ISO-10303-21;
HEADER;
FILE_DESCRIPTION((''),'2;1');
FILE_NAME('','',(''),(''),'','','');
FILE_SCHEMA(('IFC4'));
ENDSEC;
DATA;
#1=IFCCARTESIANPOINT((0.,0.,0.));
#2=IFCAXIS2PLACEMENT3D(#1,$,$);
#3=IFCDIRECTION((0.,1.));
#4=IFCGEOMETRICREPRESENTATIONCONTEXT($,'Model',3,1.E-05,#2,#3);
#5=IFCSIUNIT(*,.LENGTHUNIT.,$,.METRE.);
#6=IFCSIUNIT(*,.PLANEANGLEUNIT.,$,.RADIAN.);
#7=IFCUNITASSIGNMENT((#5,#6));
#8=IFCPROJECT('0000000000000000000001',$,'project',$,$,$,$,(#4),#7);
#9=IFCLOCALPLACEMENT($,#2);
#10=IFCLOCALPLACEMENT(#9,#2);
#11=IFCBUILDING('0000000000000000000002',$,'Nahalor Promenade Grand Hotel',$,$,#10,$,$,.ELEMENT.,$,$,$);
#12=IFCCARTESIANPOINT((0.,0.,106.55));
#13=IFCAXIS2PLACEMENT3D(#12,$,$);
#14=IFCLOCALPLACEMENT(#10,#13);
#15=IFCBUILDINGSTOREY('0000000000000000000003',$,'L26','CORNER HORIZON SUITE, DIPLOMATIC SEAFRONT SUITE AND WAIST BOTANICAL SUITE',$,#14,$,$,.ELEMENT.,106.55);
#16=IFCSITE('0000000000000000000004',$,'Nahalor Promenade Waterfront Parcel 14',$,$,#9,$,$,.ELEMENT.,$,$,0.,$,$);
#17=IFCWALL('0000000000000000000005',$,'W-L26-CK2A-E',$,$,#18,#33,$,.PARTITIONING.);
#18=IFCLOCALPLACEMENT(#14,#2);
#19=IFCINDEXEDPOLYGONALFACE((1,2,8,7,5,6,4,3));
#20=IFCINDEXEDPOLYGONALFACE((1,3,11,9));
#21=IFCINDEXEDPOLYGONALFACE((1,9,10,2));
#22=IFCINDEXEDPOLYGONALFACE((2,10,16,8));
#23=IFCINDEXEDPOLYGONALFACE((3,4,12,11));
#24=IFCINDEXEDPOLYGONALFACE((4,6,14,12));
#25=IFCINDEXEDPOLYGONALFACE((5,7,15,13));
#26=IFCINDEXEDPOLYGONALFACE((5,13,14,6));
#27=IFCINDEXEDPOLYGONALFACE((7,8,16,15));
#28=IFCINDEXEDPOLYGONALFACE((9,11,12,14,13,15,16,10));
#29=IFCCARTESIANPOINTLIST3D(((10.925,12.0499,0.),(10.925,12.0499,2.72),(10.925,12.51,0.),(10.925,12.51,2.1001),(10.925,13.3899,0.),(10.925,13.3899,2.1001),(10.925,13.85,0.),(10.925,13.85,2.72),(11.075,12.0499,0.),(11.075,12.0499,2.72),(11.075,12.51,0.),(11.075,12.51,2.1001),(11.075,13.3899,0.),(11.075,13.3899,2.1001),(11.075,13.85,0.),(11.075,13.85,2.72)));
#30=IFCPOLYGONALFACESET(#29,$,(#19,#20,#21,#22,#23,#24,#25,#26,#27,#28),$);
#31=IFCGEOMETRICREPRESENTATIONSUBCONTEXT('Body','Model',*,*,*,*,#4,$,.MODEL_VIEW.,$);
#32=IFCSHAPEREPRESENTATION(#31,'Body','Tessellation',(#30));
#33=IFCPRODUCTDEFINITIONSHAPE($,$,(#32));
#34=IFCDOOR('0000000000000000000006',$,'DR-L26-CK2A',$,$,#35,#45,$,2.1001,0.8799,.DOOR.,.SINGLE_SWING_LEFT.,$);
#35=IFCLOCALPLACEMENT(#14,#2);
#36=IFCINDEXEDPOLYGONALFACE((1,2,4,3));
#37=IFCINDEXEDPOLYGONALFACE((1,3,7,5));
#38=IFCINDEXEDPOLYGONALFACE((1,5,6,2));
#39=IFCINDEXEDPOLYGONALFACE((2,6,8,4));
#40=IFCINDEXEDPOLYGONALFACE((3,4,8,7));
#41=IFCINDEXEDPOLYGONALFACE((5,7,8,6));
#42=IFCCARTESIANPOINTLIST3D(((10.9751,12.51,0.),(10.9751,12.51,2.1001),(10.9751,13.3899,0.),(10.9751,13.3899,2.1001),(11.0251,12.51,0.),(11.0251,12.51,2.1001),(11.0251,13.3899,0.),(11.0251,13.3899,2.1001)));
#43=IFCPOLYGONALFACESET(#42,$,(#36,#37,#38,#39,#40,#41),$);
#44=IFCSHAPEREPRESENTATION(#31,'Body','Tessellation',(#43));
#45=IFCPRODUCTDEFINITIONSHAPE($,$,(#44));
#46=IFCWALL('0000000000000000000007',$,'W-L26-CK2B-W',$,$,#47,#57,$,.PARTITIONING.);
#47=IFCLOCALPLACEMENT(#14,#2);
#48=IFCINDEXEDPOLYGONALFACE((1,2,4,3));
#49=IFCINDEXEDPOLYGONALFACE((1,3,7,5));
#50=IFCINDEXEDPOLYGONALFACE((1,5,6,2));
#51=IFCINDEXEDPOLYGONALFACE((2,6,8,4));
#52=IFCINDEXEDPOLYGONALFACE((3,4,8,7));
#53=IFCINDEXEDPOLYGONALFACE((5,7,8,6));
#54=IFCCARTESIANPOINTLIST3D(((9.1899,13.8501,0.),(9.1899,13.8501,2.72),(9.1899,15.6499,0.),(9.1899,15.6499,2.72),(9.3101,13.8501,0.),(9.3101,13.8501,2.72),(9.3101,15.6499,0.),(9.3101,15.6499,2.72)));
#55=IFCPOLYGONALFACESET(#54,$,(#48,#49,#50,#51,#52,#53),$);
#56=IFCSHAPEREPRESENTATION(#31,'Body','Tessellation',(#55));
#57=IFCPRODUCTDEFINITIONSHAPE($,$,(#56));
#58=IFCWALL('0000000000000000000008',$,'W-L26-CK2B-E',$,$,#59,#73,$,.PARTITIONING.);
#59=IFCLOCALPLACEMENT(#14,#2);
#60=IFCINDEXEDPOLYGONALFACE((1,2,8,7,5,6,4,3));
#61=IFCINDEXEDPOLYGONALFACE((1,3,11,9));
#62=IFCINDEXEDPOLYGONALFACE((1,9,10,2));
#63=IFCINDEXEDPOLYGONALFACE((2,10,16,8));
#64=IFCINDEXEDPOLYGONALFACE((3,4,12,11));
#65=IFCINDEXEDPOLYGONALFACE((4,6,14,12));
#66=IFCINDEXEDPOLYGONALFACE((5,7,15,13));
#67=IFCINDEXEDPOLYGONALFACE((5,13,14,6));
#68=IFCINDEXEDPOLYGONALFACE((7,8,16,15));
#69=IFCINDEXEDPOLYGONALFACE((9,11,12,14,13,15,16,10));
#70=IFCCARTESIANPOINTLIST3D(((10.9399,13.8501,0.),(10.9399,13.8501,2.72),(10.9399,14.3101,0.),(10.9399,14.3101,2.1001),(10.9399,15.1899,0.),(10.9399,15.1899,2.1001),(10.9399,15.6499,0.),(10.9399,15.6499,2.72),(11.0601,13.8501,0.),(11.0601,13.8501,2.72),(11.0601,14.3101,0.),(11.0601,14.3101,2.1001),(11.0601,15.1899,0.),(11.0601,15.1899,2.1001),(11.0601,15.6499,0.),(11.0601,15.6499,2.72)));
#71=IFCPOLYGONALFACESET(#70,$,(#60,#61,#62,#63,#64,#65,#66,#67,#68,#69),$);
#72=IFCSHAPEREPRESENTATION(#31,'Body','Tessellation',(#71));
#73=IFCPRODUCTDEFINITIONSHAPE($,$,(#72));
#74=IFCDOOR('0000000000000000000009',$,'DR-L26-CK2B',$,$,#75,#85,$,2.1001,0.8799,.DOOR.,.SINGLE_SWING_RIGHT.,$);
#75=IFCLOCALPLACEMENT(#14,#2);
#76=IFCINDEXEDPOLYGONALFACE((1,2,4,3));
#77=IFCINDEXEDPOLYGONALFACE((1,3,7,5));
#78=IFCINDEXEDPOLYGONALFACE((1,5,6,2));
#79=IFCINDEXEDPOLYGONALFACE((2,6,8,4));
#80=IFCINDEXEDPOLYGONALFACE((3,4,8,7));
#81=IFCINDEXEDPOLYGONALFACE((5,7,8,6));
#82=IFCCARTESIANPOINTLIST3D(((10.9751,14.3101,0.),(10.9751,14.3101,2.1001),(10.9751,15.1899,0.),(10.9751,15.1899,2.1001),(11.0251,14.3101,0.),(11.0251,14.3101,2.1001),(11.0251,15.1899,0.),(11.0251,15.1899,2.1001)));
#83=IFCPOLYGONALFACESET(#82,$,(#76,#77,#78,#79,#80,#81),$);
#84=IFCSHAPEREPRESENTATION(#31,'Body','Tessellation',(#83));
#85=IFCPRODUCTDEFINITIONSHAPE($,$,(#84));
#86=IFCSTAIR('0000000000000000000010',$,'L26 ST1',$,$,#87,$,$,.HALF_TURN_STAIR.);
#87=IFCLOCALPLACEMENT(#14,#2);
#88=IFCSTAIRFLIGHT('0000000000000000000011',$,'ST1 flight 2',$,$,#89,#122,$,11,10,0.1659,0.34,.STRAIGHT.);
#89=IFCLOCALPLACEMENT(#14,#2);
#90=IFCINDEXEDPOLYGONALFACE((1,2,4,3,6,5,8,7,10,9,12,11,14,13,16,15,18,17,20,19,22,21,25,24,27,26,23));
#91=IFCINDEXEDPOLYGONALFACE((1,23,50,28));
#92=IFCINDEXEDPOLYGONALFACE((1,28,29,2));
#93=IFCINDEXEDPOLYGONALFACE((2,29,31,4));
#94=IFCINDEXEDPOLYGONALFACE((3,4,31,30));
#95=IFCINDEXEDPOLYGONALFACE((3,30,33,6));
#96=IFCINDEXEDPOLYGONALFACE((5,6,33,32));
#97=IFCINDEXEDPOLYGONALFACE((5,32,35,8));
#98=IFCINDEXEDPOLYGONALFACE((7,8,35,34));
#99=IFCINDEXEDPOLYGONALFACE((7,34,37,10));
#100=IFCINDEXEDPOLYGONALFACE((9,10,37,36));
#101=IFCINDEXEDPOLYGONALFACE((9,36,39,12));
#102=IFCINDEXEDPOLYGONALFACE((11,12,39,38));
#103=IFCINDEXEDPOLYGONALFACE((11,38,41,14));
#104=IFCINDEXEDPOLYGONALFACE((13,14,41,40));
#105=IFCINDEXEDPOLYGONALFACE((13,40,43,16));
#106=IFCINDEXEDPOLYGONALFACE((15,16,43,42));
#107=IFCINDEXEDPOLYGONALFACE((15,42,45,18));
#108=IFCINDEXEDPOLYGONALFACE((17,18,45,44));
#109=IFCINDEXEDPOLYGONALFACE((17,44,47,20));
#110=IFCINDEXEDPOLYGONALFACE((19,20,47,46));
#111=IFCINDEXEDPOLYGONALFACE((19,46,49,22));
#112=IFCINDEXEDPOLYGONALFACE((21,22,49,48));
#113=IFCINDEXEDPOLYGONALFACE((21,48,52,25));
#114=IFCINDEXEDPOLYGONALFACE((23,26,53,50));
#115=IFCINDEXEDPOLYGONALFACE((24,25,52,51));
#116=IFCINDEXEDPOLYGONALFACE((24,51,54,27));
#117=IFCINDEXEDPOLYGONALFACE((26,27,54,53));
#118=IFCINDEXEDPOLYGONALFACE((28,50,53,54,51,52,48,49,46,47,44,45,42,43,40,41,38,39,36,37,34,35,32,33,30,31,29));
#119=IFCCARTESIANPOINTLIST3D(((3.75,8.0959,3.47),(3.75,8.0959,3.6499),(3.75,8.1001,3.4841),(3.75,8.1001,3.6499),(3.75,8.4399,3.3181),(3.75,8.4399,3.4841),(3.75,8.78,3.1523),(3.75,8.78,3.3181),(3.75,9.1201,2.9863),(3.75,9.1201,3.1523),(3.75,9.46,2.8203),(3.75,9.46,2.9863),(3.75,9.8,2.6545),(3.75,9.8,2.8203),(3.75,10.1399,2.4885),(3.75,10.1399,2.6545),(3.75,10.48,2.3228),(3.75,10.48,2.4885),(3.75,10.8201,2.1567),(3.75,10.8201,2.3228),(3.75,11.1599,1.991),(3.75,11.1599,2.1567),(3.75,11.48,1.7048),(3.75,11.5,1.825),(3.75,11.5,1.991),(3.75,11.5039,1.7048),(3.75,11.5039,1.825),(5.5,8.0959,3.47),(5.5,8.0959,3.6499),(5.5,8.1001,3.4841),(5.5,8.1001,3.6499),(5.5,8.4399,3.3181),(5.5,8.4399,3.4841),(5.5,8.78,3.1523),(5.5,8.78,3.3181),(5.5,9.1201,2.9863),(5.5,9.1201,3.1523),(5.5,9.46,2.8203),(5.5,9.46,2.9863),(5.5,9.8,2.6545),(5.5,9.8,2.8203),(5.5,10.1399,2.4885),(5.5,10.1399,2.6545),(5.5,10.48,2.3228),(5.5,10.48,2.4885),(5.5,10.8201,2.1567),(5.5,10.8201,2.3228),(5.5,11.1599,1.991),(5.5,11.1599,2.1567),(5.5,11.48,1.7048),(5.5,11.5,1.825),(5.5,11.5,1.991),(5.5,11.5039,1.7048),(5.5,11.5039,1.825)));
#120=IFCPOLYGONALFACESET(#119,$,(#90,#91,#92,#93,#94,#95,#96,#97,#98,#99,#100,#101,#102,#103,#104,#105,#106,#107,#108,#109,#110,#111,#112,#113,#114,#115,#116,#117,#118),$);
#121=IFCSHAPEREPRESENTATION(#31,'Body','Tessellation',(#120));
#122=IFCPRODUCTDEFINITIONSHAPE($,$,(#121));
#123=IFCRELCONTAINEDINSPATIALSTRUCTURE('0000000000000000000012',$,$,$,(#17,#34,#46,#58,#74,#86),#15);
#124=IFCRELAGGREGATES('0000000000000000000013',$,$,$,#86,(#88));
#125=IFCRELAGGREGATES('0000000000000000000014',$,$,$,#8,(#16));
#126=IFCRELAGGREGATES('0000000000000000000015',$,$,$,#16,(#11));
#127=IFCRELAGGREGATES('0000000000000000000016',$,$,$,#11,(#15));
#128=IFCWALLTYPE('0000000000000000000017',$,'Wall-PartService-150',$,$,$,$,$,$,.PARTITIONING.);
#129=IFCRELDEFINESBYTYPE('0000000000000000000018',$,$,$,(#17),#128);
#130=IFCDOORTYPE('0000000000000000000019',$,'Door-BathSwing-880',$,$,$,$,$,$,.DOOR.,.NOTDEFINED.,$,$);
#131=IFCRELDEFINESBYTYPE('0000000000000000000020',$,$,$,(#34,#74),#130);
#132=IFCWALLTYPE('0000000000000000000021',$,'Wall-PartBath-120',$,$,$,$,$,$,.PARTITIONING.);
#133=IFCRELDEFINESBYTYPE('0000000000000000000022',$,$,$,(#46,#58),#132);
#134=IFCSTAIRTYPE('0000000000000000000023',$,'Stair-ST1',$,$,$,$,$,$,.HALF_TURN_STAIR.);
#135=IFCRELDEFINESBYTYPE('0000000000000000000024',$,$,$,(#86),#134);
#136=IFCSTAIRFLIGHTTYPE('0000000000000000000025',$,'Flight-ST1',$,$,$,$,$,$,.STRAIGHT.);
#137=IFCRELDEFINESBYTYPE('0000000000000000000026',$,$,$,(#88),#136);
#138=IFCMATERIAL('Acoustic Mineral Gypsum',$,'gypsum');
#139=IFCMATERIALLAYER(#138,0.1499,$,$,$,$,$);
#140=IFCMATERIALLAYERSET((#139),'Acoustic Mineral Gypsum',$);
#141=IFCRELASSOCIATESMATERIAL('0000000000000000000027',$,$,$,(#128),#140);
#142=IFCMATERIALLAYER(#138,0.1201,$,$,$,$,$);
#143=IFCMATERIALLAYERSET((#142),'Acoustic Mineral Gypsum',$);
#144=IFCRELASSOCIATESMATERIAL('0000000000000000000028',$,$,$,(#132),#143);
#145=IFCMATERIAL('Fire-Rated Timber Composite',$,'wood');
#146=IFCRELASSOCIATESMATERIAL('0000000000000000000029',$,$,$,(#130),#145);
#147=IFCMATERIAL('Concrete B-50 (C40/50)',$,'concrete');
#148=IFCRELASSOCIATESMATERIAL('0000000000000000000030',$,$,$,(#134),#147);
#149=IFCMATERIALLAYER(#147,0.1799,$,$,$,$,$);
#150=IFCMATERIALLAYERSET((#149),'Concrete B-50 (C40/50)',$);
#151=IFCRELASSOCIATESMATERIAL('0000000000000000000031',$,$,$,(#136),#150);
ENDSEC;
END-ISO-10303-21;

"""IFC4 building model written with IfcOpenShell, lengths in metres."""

from ifc_helpers import new_model, si_unit, direction, frame, frame_2d, origin, place, context, subcontext, project, spatial, polyline, rectangle, outline, extrude, source, transform, mapped, material, layer, layer_set, type_object, element, fill, aggregate, save


model = new_model("IFC4")

# Units and contexts
model_context = context("Model", 3, precision=1e-05, world=origin(), true_north=direction((0.0, 1.0)))
body_context = subcontext(model_context, "Body", "Model", "MODEL_VIEW")
ifc_project = project(units=[si_unit("LENGTHUNIT", "METRE"), si_unit("PLANEANGLEUNIT", "RADIAN")], contexts=[model_context])

# Site, building, storey
site_placement = place(None, origin())
site = spatial("IfcSite", under=ifc_project, at=site_placement, Name="Nahalor Promenade Waterfront Parcel 14", CompositionType="ELEMENT", RefElevation=0.0)
building_placement = place(site_placement, origin())
building = spatial("IfcBuilding", under=site, at=building_placement, Name="Nahalor Promenade Grand Hotel", CompositionType="ELEMENT")
storey_placement = place(building_placement, frame((0.0, 0.0, 106.55)))
storey = spatial("IfcBuildingStorey", under=building, at=storey_placement, Name="L26", Description="CORNER HORIZON SUITE, DIPLOMATIC SEAFRONT SUITE AND WAIST BOTANICAL SUITE", CompositionType="ELEMENT", Elevation=106.55)

# Shared definitions
ifc_material_1 = material(Name="Concrete B-50 (C40/50)", Category="concrete")
ifc_material_2 = material(Name="Acoustic Mineral Gypsum", Category="gypsum")
ifc_layer_1 = layer(ifc_material_2, 0.1499)
ifc_layer_set_1 = layer_set([ifc_layer_1], Name="Acoustic Mineral Gypsum")
wall_type_1 = type_object("IfcWallType", Name="Wall-PartService-150", PredefinedType="PARTITIONING", material=ifc_layer_set_1)
ifc_layer_2 = layer(ifc_material_2, 0.1201)
ifc_layer_set_2 = layer_set([ifc_layer_2], Name="Acoustic Mineral Gypsum")
wall_type_2 = type_object("IfcWallType", Name="Wall-PartBath-120", PredefinedType="PARTITIONING", material=ifc_layer_set_2)
shared_shape_1 = source(origin(), body_context, "Body", "SweptSolid", [
    extrude(rectangle(XDim=1.8, YDim=0.1499, at=frame_2d((0.8999, 0.0))), origin(), (0.0, 0.0, 1.0), 2.72),
])

# Wall, opening, door
wall_1_placement = place(storey_placement, frame((11.0, 12.05, 0.0), z_axis=(0.0, 0.0, 1.0), x_axis=(0.0, 1.0, 0.0)))
wall_1 = element("IfcWall", 1, at=wall_1_placement, inside=storey, type_object=wall_type_1, Name="W-L26-CK2A-E", PredefinedType="PARTITIONING", context=body_context, shape_type="MappedRepresentation", body=[
    mapped(shared_shape_1, transform((0.0, 0.0, 0.0), scale=1.0)),
])
opening_1_placement = place(wall_1_placement, frame((0.46, 0.0, 0.0)))
opening_1 = element("IfcOpeningElement", 2, at=opening_1_placement, cuts=wall_1, PredefinedType="OPENING", context=body_context, shape_type="SweptSolid", body=[
    extrude(rectangle(XDim=0.8799, YDim=2.1001, at=frame_2d((0.4399, 1.05))), frame((0.0, 0.085, 0.0), z_axis=(0.0, -1.0, 0.0), x_axis=(1.0, 0.0, 0.0)), (0.0, 0.0, 1.0), 0.1699),
])
ifc_material_3 = material(Name="Fire-Rated Timber Composite", Category="wood")
door_type = type_object("IfcDoorType", Name="Door-BathSwing-880", OperationType="NOTDEFINED", PredefinedType="DOOR", material=ifc_material_3)
shared_shape_2 = source(origin(), body_context, "Body", "SweptSolid", [
    extrude(rectangle(XDim=0.8799, YDim=2.1001, at=frame_2d((0.4399, 1.05))), frame((0.0, 0.0249, 0.0), z_axis=(0.0, -1.0, 0.0), x_axis=(1.0, 0.0, 0.0)), (0.0, 0.0, 1.0), 0.05),
])
door_1_placement = place(opening_1_placement, origin())
door_1 = element("IfcDoor", 3, at=door_1_placement, inside=storey, type_object=door_type, Name="DR-L26-CK2A", OperationType="SINGLE_SWING_LEFT", OverallHeight=2.1001, OverallWidth=0.8799, PredefinedType="DOOR", context=body_context, shape_type="MappedRepresentation", body=[
    mapped(shared_shape_2, transform((0.0, 0.0, 0.0), scale=1.0)),
])
fill(opening_1, door_1)

# Wall
shared_shape_3 = source(origin(), body_context, "Body", "SweptSolid", [
    extrude(rectangle(XDim=1.7998, YDim=0.1201, at=frame_2d((0.8999, 0.0))), origin(), (0.0, 0.0, 1.0), 2.72),
])
wall_2_placement = place(storey_placement, frame((9.25, 13.8501, 0.0), z_axis=(0.0, 0.0, 1.0), x_axis=(0.0, 1.0, 0.0)))
element("IfcWall", 4, at=wall_2_placement, inside=storey, type_object=wall_type_2, Name="W-L26-CK2B-W", PredefinedType="PARTITIONING", context=body_context, shape_type="MappedRepresentation", body=[
    mapped(shared_shape_3, transform((0.0, 0.0, 0.0), scale=1.0)),
])

# Wall, opening, door
wall_3_placement = place(storey_placement, frame((11.0, 13.8501, 0.0), z_axis=(0.0, 0.0, 1.0), x_axis=(0.0, 1.0, 0.0)))
wall_3 = element("IfcWall", 5, at=wall_3_placement, inside=storey, type_object=wall_type_2, Name="W-L26-CK2B-E", PredefinedType="PARTITIONING", context=body_context, shape_type="MappedRepresentation", body=[
    mapped(shared_shape_3, transform((0.0, 0.0, 0.0), scale=1.0)),
])
opening_2_placement = place(wall_3_placement, frame((0.46, 0.0, 0.0)))
opening_2 = element("IfcOpeningElement", 6, at=opening_2_placement, cuts=wall_3, PredefinedType="OPENING", context=body_context, shape_type="SweptSolid", body=[
    extrude(rectangle(XDim=0.8799, YDim=2.1001, at=frame_2d((0.4399, 1.05))), frame((0.0, 0.0701, 0.0), z_axis=(0.0, -1.0, 0.0), x_axis=(1.0, 0.0, 0.0)), (0.0, 0.0, 1.0), 0.1401),
])
door_2_placement = place(opening_2_placement, origin())
door_2 = element("IfcDoor", 7, at=door_2_placement, inside=storey, type_object=door_type, Name="DR-L26-CK2B", OperationType="SINGLE_SWING_RIGHT", OverallHeight=2.1001, OverallWidth=0.8799, PredefinedType="DOOR", context=body_context, shape_type="MappedRepresentation", body=[
    mapped(shared_shape_2, transform((0.0, 0.0, 0.0), scale=1.0)),
])
fill(opening_2, door_2)

# Stair, stair flight
stair_type = type_object("IfcStairType", Name="Stair-ST1", PredefinedType="HALF_TURN_STAIR", material=ifc_material_1)
stair_placement = place(storey_placement, origin())
stair = element("IfcStair", 8, at=stair_placement, inside=storey, type_object=stair_type, Name="L26 ST1", PredefinedType="HALF_TURN_STAIR")
ifc_layer_3 = layer(ifc_material_1, 0.1799)
ifc_layer_set_3 = layer_set([ifc_layer_3], Name="Concrete B-50 (C40/50)")
stair_flight_type = type_object("IfcStairFlightType", Name="Flight-ST1", PredefinedType="STRAIGHT", material=ifc_layer_set_3)
shared_shape_4 = source(origin(), body_context, "Body", "SweptSolid", [
    extrude(outline(polyline([(-0.0039, -0.1201), (-0.0039, 0.0), (0.0, 0.0), (0.0, 0.166), (0.3401, 0.166), (0.3401, 0.3318), (0.6799, 0.3318), (0.6799, 0.4978), (1.02, 0.4978), (1.02, 0.6636), (1.3601, 0.6636), (1.3601, 0.8296), (1.7, 0.8296), (1.7, 0.9954), (2.04, 0.9954), (2.04, 1.1614), (2.3799, 1.1614), (2.3799, 1.3274), (2.72, 1.3274), (2.72, 1.4932), (3.0601, 1.4932), (3.0601, 1.6592), (3.3999, 1.6592), (3.3999, 1.825), (3.4041, 1.825), (3.4041, 1.645), (0.02, -0.1201), (-0.0039, -0.1201)])), frame((0.0, 0.875, 0.0), z_axis=(0.0, -1.0, 0.0), x_axis=(1.0, 0.0, 0.0)), (0.0, 0.0, 1.0), 1.75),
])
stair_flight_placement = place(storey_placement, frame((4.625, 11.5, 1.825), z_axis=(0.0, 0.0, 1.0), x_axis=(0.0, -1.0, 0.0)))
stair_flight = element("IfcStairFlight", 9, at=stair_flight_placement, type_object=stair_flight_type, Name="ST1 flight 2", NumberOfRisers=11, NumberOfTreads=10, PredefinedType="STRAIGHT", RiserHeight=0.1659, TreadLength=0.34, context=body_context, shape_type="MappedRepresentation", body=[
    mapped(shared_shape_4, transform((0.0, 0.0, 0.0), scale=1.0)),
])
aggregate(stair, [stair_flight])

save(model, "model.ifc")
